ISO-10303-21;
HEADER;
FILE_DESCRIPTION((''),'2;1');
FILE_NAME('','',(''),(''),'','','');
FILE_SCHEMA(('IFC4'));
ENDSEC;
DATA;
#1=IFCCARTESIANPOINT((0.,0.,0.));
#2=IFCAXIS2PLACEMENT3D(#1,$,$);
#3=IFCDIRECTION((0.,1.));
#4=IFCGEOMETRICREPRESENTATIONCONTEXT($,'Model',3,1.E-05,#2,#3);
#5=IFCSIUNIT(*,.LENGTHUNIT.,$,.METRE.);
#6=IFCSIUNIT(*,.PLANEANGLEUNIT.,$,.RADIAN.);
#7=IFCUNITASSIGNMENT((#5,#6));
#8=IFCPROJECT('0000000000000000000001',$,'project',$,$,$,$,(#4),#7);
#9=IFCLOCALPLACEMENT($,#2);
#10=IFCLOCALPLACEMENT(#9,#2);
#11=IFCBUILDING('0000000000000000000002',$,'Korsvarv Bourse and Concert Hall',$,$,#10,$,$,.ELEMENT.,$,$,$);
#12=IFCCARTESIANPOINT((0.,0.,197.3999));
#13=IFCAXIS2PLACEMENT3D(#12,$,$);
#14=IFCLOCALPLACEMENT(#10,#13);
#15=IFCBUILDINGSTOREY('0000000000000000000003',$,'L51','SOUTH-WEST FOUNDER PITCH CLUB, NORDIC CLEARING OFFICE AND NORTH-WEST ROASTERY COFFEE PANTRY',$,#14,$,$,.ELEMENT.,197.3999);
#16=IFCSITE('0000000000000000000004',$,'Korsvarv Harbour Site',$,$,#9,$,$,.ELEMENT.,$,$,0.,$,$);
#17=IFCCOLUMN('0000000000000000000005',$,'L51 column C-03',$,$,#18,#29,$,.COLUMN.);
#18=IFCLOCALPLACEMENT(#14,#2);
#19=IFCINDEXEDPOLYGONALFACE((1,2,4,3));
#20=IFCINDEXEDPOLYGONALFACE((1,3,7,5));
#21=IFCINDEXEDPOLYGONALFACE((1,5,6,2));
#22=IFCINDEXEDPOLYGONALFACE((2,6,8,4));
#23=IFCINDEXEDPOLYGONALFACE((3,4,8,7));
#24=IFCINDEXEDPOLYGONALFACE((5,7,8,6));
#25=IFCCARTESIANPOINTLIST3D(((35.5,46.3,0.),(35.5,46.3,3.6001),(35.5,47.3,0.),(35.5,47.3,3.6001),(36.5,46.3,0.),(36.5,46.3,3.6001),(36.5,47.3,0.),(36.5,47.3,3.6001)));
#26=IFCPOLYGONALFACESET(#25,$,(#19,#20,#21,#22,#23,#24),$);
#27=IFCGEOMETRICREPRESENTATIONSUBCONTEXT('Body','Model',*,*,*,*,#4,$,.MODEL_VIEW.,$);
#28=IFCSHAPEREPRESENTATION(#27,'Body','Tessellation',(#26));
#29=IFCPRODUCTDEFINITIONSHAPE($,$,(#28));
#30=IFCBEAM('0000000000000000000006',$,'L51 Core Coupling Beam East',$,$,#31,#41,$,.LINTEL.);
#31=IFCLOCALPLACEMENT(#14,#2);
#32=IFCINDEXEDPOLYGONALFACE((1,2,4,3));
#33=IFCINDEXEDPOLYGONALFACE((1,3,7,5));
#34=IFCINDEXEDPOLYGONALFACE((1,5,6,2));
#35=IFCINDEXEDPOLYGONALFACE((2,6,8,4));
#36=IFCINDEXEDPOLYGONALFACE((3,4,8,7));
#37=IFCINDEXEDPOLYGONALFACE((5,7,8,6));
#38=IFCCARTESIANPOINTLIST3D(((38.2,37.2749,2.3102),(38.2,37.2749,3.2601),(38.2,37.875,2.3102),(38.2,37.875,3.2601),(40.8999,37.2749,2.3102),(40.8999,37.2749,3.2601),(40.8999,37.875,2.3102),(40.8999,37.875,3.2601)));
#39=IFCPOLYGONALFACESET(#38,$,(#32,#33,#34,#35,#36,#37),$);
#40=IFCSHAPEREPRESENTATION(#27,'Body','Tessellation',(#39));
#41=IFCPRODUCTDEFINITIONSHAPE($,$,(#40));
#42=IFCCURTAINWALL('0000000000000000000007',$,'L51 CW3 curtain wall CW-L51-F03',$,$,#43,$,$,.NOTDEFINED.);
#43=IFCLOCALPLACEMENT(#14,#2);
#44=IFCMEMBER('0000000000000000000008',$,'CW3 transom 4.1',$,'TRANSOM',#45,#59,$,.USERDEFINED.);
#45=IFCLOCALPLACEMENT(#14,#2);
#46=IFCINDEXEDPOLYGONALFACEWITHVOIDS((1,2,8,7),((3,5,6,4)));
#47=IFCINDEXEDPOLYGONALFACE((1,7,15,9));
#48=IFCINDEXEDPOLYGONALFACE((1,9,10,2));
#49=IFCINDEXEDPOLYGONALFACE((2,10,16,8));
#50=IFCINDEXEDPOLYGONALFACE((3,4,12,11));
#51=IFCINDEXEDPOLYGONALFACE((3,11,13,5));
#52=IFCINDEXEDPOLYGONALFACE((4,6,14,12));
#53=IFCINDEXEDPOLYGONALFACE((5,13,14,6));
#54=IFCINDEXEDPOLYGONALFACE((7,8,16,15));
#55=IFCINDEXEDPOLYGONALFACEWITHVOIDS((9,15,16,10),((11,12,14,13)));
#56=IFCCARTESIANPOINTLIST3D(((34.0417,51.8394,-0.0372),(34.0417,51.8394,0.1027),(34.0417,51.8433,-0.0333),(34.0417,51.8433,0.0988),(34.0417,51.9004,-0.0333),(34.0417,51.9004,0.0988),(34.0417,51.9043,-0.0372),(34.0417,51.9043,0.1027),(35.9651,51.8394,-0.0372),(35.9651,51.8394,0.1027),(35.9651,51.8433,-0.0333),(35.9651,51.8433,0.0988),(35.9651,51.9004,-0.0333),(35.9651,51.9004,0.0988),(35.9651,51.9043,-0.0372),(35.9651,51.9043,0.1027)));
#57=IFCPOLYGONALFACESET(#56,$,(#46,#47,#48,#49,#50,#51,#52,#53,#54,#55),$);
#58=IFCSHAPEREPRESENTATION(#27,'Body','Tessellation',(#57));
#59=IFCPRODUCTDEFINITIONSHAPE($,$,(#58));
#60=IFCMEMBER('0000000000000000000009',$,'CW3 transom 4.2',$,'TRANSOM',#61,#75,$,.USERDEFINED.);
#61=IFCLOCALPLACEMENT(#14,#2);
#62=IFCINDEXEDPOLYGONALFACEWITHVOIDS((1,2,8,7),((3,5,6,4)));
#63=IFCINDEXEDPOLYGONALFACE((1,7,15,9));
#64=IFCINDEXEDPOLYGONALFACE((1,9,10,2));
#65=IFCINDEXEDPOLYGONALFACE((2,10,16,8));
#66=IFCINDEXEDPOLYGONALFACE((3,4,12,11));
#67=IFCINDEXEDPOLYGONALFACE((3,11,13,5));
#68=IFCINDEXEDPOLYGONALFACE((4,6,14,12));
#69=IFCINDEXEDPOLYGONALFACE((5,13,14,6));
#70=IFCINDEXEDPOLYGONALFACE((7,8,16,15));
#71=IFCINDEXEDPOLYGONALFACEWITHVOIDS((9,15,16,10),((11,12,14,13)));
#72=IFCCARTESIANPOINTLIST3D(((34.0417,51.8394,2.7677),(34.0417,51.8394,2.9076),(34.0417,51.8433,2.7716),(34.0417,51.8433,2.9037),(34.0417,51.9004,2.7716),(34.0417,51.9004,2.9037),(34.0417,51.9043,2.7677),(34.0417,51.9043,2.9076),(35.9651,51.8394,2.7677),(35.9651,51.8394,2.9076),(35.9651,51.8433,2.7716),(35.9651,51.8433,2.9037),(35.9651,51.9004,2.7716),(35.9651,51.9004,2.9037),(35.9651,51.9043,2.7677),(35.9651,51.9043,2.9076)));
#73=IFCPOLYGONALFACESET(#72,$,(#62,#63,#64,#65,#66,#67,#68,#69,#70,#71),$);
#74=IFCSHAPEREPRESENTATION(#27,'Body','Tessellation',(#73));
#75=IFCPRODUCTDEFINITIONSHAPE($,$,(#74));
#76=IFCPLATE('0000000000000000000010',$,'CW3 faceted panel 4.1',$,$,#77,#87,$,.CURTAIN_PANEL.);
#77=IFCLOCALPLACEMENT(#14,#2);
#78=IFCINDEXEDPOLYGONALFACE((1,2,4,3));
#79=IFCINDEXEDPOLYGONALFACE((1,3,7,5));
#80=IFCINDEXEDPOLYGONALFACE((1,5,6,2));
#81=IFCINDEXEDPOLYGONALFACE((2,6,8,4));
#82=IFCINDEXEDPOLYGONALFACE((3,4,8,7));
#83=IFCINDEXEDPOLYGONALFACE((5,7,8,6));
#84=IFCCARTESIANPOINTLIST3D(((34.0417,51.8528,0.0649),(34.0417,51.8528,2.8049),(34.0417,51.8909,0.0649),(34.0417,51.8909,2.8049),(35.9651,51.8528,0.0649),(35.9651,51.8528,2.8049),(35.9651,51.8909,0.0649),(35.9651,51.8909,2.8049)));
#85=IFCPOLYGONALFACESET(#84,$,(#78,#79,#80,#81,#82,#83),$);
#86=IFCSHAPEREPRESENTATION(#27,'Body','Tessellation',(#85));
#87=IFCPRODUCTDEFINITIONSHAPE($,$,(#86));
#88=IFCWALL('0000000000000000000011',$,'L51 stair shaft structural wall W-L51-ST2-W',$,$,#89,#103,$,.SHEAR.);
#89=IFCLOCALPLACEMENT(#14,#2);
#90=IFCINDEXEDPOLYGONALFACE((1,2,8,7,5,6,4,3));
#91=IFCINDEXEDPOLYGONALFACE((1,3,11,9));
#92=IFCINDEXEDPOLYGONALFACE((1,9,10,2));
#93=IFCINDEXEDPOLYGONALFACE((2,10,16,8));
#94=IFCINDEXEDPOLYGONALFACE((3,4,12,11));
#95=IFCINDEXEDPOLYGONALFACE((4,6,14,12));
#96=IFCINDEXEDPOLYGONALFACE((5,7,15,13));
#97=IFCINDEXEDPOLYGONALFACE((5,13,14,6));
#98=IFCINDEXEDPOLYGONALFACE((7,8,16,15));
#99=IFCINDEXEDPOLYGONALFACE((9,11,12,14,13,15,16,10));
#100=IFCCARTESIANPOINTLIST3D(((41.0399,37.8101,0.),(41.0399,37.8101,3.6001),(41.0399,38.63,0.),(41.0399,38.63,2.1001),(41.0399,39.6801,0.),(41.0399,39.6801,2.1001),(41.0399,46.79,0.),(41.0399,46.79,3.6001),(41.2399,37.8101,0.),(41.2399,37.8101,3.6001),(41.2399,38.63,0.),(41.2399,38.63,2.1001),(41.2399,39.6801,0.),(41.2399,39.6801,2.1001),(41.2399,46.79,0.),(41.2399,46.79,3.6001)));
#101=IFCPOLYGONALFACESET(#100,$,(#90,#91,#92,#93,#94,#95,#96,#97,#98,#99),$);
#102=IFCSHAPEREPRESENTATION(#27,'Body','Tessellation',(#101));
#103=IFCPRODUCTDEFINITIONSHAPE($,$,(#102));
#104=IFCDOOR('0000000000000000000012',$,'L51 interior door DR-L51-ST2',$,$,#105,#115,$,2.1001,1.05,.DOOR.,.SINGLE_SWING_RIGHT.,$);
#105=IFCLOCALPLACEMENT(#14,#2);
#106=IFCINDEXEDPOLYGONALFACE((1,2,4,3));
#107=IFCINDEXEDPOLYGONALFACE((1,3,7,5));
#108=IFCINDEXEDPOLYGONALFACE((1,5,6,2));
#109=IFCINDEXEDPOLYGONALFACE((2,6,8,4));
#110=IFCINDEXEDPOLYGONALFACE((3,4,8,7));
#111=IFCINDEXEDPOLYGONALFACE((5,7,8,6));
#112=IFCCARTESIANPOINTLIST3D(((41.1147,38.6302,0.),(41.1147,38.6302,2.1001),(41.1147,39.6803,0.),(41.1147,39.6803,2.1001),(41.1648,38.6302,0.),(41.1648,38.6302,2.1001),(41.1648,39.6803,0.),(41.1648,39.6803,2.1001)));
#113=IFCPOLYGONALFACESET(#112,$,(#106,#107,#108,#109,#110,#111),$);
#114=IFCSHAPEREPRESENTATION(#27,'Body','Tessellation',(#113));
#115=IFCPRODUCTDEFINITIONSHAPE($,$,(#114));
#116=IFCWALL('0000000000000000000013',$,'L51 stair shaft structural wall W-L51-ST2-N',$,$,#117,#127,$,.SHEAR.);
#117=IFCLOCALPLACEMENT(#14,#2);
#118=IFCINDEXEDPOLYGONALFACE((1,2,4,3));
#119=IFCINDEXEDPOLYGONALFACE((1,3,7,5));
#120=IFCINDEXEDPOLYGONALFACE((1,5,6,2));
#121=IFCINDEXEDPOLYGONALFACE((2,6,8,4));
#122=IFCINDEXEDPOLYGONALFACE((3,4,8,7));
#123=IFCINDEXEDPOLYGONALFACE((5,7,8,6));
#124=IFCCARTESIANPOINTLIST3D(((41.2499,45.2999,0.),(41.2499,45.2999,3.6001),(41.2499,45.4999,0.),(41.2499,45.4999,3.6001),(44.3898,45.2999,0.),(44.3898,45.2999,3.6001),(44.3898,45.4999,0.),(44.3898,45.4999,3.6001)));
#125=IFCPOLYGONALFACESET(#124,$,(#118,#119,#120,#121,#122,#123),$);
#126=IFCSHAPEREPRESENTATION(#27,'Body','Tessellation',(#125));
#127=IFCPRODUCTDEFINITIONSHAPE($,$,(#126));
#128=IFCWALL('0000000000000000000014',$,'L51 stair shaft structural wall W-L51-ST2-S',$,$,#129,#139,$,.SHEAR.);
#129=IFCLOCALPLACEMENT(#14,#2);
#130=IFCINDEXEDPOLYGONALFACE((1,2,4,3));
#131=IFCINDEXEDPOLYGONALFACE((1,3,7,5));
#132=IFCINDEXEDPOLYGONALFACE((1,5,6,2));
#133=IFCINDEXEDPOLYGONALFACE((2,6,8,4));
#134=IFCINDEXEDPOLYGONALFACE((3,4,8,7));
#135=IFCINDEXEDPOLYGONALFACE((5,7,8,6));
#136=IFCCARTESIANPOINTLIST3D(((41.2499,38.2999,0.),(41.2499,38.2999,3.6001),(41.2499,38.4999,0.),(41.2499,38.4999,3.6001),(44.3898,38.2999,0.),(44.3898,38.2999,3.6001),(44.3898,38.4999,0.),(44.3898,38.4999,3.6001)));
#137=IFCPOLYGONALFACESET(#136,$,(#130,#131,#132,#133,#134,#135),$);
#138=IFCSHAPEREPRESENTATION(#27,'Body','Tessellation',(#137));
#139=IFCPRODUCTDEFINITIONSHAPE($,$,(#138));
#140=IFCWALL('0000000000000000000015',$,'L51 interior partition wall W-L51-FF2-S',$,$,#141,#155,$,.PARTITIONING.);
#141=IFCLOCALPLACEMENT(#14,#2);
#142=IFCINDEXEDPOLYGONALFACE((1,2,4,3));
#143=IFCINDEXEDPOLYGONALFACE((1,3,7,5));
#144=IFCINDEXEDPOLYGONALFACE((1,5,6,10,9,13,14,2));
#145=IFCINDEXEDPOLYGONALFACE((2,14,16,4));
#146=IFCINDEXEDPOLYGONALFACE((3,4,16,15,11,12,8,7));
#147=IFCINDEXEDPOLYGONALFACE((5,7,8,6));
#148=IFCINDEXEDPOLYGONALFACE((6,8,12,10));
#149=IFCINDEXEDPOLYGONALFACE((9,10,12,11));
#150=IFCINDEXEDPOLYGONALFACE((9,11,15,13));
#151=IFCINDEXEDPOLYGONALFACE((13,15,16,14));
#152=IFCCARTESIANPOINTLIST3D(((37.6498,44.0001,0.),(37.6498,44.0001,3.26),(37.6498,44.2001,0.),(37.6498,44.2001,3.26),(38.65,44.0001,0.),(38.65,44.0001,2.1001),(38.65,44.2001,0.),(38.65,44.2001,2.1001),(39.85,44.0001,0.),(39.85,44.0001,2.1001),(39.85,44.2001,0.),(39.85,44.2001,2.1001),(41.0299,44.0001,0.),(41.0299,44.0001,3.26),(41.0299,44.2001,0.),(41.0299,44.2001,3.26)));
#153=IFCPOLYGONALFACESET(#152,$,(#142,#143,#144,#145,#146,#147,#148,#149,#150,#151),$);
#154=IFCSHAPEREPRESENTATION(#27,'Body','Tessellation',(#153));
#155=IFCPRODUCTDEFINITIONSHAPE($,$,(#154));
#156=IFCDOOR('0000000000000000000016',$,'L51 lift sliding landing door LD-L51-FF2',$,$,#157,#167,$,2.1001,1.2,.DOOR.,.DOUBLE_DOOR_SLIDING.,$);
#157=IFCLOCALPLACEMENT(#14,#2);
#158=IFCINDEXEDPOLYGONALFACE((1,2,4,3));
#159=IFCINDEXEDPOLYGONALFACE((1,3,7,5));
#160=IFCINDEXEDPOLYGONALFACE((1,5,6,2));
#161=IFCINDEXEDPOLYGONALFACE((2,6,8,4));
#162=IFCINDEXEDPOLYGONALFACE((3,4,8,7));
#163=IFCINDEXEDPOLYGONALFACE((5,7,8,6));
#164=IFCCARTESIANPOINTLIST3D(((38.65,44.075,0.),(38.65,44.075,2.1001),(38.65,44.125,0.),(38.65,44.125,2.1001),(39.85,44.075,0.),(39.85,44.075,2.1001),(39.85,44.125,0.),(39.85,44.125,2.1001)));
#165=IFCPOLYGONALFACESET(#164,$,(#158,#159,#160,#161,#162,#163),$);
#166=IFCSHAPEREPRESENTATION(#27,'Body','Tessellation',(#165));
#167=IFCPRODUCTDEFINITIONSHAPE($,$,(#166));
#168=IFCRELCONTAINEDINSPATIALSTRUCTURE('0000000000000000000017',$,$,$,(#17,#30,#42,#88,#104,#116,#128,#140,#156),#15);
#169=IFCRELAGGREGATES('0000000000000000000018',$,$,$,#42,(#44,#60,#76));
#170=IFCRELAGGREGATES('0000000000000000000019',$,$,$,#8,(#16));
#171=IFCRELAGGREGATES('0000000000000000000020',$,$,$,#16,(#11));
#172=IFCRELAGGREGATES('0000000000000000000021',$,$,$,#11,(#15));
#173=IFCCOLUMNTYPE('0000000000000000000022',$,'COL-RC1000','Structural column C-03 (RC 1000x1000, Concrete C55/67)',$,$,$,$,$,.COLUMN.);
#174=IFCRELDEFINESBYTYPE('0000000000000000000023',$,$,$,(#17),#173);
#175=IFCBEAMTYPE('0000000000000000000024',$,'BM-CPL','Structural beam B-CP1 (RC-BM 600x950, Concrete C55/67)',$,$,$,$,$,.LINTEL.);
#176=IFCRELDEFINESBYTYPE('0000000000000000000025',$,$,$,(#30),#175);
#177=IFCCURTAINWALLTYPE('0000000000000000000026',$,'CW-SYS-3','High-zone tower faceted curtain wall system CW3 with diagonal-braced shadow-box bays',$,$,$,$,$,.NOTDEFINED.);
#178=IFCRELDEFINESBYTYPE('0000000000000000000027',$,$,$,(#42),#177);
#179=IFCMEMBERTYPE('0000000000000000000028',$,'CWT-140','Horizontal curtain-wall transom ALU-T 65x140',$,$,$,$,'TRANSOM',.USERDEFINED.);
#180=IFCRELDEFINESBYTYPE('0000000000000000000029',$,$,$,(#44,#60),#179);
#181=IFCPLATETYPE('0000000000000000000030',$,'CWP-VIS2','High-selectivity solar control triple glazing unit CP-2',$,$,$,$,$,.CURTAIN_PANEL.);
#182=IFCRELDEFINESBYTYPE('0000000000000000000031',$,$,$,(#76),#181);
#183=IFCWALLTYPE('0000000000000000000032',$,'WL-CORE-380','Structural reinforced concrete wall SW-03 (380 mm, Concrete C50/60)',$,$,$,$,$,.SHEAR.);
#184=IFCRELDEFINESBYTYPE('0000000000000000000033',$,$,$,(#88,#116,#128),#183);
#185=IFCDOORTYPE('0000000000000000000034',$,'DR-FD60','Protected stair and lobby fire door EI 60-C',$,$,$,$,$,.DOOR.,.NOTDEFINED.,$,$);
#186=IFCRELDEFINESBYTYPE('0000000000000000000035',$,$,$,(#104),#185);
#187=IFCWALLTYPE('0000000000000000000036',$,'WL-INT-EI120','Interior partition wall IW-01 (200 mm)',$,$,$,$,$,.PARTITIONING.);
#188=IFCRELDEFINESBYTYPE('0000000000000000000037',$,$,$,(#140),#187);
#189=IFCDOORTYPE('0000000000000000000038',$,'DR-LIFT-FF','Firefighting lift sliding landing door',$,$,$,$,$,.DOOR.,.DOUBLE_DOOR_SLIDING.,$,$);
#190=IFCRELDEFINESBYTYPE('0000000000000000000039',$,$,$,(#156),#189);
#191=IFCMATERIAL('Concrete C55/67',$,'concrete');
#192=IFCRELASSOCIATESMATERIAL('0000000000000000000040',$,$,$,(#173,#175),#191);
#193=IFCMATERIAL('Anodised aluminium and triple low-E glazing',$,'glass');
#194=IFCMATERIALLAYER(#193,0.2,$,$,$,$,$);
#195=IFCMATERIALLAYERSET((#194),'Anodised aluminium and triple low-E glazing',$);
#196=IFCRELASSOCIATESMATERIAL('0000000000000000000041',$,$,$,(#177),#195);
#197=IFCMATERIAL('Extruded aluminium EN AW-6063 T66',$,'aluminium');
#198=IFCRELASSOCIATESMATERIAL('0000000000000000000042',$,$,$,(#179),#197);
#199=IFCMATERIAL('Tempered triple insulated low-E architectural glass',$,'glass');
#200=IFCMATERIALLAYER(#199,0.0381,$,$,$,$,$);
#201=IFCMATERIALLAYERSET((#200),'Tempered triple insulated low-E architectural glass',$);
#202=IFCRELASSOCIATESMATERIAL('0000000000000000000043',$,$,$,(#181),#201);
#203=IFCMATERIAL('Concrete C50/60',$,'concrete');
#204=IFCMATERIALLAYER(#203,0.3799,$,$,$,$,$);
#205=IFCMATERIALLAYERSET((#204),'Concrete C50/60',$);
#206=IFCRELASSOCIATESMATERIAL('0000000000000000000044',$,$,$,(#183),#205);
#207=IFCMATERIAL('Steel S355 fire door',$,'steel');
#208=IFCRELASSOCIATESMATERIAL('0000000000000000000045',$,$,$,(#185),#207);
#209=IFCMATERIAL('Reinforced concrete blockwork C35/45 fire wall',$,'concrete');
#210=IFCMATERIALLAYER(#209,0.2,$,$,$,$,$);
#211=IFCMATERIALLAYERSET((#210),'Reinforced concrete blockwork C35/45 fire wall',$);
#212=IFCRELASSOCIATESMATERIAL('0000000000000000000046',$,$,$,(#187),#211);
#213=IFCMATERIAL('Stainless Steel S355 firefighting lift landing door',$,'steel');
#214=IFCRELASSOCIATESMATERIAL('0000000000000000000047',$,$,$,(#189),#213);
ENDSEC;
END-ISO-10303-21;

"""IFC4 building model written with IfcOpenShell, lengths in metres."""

from ifc_helpers import new_model, si_unit, direction, frame, frame_2d, origin, origin_2d, place, context, subcontext, project, spatial, rectangle, hollow_rectangle, extrude, source, transform, mapped, material, layer, layer_set, material_profile, profile_set, type_object, element, fill, aggregate, save


model = new_model("IFC4")

# Units and contexts
model_context = context("Model", 3, precision=1e-05, world=origin(), true_north=direction((0.0, 1.0)))
body_context = subcontext(model_context, "Body", "Model", "MODEL_VIEW")
ifc_project = project(units=[si_unit("LENGTHUNIT", "METRE"), si_unit("PLANEANGLEUNIT", "RADIAN")], contexts=[model_context])

# Site, building, storey
site_placement = place(None, origin())
site = spatial("IfcSite", under=ifc_project, at=site_placement, Name="Korsvarv Harbour Site", CompositionType="ELEMENT", RefElevation=0.0)
building_placement = place(site_placement, origin())
building = spatial("IfcBuilding", under=site, at=building_placement, Name="Korsvarv Bourse and Concert Hall", CompositionType="ELEMENT")
storey_placement = place(building_placement, frame((0.0, 0.0, 197.3999)))
storey = spatial("IfcBuildingStorey", under=building, at=storey_placement, Name="L51", Description="SOUTH-WEST FOUNDER PITCH CLUB, NORDIC CLEARING OFFICE AND NORTH-WEST ROASTERY COFFEE PANTRY", CompositionType="ELEMENT", Elevation=197.3999)

# Column
ifc_material_1 = material(Name="Concrete C55/67", Category="concrete")
ifc_material_profile_1 = material_profile(ifc_material_1, rectangle(XDim=1.0, YDim=1.0, at=origin_2d()), Name="RC 1000x1000")
ifc_profile_set_1 = profile_set([ifc_material_profile_1], Name="Concrete C55/67")
column_type = type_object("IfcColumnType", Name="COL-RC1000", Description="Structural column C-03 (RC 1000x1000, Concrete C55/67)", PredefinedType="COLUMN", material=ifc_profile_set_1)
shared_shape_1 = source(origin(), body_context, "Body", "SweptSolid", [
    extrude(rectangle(XDim=1.0, YDim=1.0, at=origin_2d()), origin(), (0.0, 0.0, 1.0), 3.6001),
])
column_placement = place(storey_placement, frame((36.0, 46.8, 0.0), z_axis=(0.0, 0.0, 1.0), x_axis=(1.0, 0.0, 0.0)))
element("IfcColumn", 1, at=column_placement, inside=storey, type_object=column_type, Name="L51 column C-03", PredefinedType="COLUMN", context=body_context, shape_type="MappedRepresentation", body=[
    mapped(shared_shape_1, transform((0.0, 0.0, 0.0), scale=1.0)),
])

# Beam
ifc_material_profile_2 = material_profile(ifc_material_1, rectangle(XDim=0.6001, YDim=0.95, at=origin_2d()), Name="RC-BM 600x950")
ifc_profile_set_2 = profile_set([ifc_material_profile_2], Name="Concrete C55/67")
beam_type = type_object("IfcBeamType", Name="BM-CPL", Description="Structural beam B-CP1 (RC-BM 600x950, Concrete C55/67)", PredefinedType="LINTEL", material=ifc_profile_set_2)
shared_shape_2 = source(origin(), body_context, "Body", "SweptSolid", [
    extrude(rectangle(XDim=0.6001, YDim=0.95, at=origin_2d()), origin(), (0.0, 0.0, 1.0), 2.7),
])
beam_placement = place(storey_placement, frame((38.2, 37.575, 2.7852), z_axis=(1.0, 0.0, 0.0), x_axis=(0.0, 1.0, 0.0)))
element("IfcBeam", 2, at=beam_placement, inside=storey, type_object=beam_type, Name="L51 Core Coupling Beam East", PredefinedType="LINTEL", context=body_context, shape_type="MappedRepresentation", body=[
    mapped(shared_shape_2, transform((0.0, 0.0, 0.0), scale=1.0)),
])

# Curtain wall, members, plate
ifc_material_2 = material(Name="Anodised aluminium and triple low-E glazing", Category="glass")
ifc_layer_1 = layer(ifc_material_2, 0.2)
ifc_layer_set_1 = layer_set([ifc_layer_1], Name="Anodised aluminium and triple low-E glazing")
curtain_wall_type = type_object("IfcCurtainWallType", Name="CW-SYS-3", Description="High-zone tower faceted curtain wall system CW3 with diagonal-braced shadow-box bays", PredefinedType="NOTDEFINED", material=ifc_layer_set_1)
curtain_wall_placement = place(storey_placement, origin())
curtain_wall = element("IfcCurtainWall", 3, at=curtain_wall_placement, inside=storey, type_object=curtain_wall_type, Name="L51 CW3 curtain wall CW-L51-F03", PredefinedType="NOTDEFINED")
ifc_material_3 = material(Name="Extruded aluminium EN AW-6063 T66", Category="aluminium")
ifc_material_profile_3 = material_profile(ifc_material_3, hollow_rectangle(XDim=0.0649, YDim=0.1399, WallThickness=0.0039, at=origin_2d()), Name="ALU-T 65x140")
ifc_profile_set_3 = profile_set([ifc_material_profile_3], Name="Extruded aluminium EN AW-6063 T66")
member_type = type_object("IfcMemberType", Name="CWT-140", Description="Horizontal curtain-wall transom ALU-T 65x140", ElementType="TRANSOM", PredefinedType="USERDEFINED", material=ifc_profile_set_3)
shared_shape_3 = source(origin(), body_context, "Body", "SweptSolid", [
    extrude(hollow_rectangle(XDim=0.0649, YDim=0.1399, WallThickness=0.0039, at=origin_2d()), origin(), (0.0, 0.0, 1.0), 1.9233),
])
member_1_placement = place(storey_placement, frame((35.9651, 51.8718, 0.0327), z_axis=(-1.0, 0.0, 0.0), x_axis=(0.0, -1.0, 0.0)))
member_1 = element("IfcMember", 4, at=member_1_placement, type_object=member_type, Name="CW3 transom 4.1", ObjectType="TRANSOM", PredefinedType="USERDEFINED", context=body_context, shape_type="MappedRepresentation", body=[
    mapped(shared_shape_3, transform((0.0, 0.0, 0.0), scale=1.0)),
])
member_2_placement = place(storey_placement, frame((35.9651, 51.8718, 2.8376), z_axis=(-1.0, 0.0, 0.0), x_axis=(0.0, -1.0, 0.0)))
member_2 = element("IfcMember", 5, at=member_2_placement, type_object=member_type, Name="CW3 transom 4.2", ObjectType="TRANSOM", PredefinedType="USERDEFINED", context=body_context, shape_type="MappedRepresentation", body=[
    mapped(shared_shape_3, transform((0.0, 0.0, 0.0), scale=1.0)),
])
ifc_material_4 = material(Name="Tempered triple insulated low-E architectural glass", Category="glass")
ifc_layer_2 = layer(ifc_material_4, 0.0381)
ifc_layer_set_2 = layer_set([ifc_layer_2], Name="Tempered triple insulated low-E architectural glass")
plate_type = type_object("IfcPlateType", Name="CWP-VIS2", Description="High-selectivity solar control triple glazing unit CP-2", PredefinedType="CURTAIN_PANEL", material=ifc_layer_set_2)
shared_shape_4 = source(origin(), body_context, "Body", "SweptSolid", [
    extrude(rectangle(XDim=1.9233, YDim=0.0381, at=origin_2d()), origin(), (0.0, 0.0, 1.0), 2.74),
])
plate_placement = place(storey_placement, frame((35.0034, 51.8718, 0.0649), z_axis=(0.0, 0.0, 1.0), x_axis=(-1.0, 0.0, 0.0)))
plate = element("IfcPlate", 6, at=plate_placement, type_object=plate_type, Name="CW3 faceted panel 4.1", PredefinedType="CURTAIN_PANEL", context=body_context, shape_type="MappedRepresentation", body=[
    mapped(shared_shape_4, transform((0.0, 0.0, 0.0), scale=1.0)),
])
aggregate(curtain_wall, [member_1, member_2, plate])

# Wall, opening, door
ifc_material_5 = material(Name="Concrete C50/60", Category="concrete")
ifc_layer_3 = layer(ifc_material_5, 0.3799)
ifc_layer_set_3 = layer_set([ifc_layer_3], Name="Concrete C50/60")
wall_type_1 = type_object("IfcWallType", Name="WL-CORE-380", Description="Structural reinforced concrete wall SW-03 (380 mm, Concrete C50/60)", PredefinedType="SHEAR", material=ifc_layer_set_3)
wall_1_placement = place(storey_placement, frame((41.1399, 37.8101, 0.0), z_axis=(0.0, 0.0, 1.0), x_axis=(0.0, 1.0, 0.0)))
wall_1 = element("IfcWall", 7, at=wall_1_placement, inside=storey, type_object=wall_type_1, Name="L51 stair shaft structural wall W-L51-ST2-W", PredefinedType="SHEAR", context=body_context, shape_type="SweptSolid", body=[
    extrude(rectangle(XDim=8.98, YDim=0.2, at=frame_2d((4.49, 0.0))), origin(), (0.0, 0.0, 1.0), 3.6001),
])
opening_1_placement = place(wall_1_placement, frame((0.8201, 0.0, 0.0)))
opening_1 = element("IfcOpeningElement", 8, at=opening_1_placement, cuts=wall_1, PredefinedType="OPENING", context=body_context, shape_type="SweptSolid", body=[
    extrude(rectangle(XDim=1.05, YDim=2.1001, at=frame_2d((0.5249, 1.05))), frame((0.0, 0.1099, 0.0), z_axis=(0.0, -1.0, 0.0), x_axis=(1.0, 0.0, 0.0)), (0.0, 0.0, 1.0), 0.22),
])
ifc_material_6 = material(Name="Steel S355 fire door", Category="steel")
door_type_1 = type_object("IfcDoorType", Name="DR-FD60", Description="Protected stair and lobby fire door EI 60-C", OperationType="NOTDEFINED", PredefinedType="DOOR", material=ifc_material_6)
door_1_placement = place(opening_1_placement, frame((1.05, 0.0, 0.0), z_axis=(0.0, 0.0, 1.0), x_axis=(-1.0, 0.0, 0.0)))
door_1 = element("IfcDoor", 9, at=door_1_placement, inside=storey, type_object=door_type_1, Name="L51 interior door DR-L51-ST2", OperationType="SINGLE_SWING_RIGHT", OverallHeight=2.1001, OverallWidth=1.05, PredefinedType="DOOR", context=body_context, shape_type="SweptSolid", body=[
    extrude(rectangle(XDim=1.05, YDim=2.1001, at=frame_2d((0.5249, 1.05))), frame((0.0, 0.0249, 0.0), z_axis=(0.0, -1.0, 0.0), x_axis=(1.0, 0.0, 0.0)), (0.0, 0.0, 1.0), 0.05),
])
fill(opening_1, door_1)

# Walls
for number, where, z_axis, x_axis, name in (
    (10, (41.25, 45.3999, 0.0), (0.0, 0.0, 1.0), (1.0, 0.0, 0.0), "L51 stair shaft structural wall W-L51-ST2-N"),
    (11, (41.25, 38.3999, 0.0), (0.0, 0.0, 1.0), (1.0, 0.0, 0.0), "L51 stair shaft structural wall W-L51-ST2-S"),
):
    element("IfcWall", number, at=place(storey_placement, frame(where, z_axis=z_axis, x_axis=x_axis)), inside=storey, type_object=wall_type_1, Name=name, PredefinedType="SHEAR", context=body_context, shape_type="SweptSolid", body=[
        extrude(rectangle(XDim=3.1399, YDim=0.2, at=frame_2d((1.5698, 0.0))), origin(), (0.0, 0.0, 1.0), 3.6001),
    ])

# Wall, opening, door
ifc_material_7 = material(Name="Reinforced concrete blockwork C35/45 fire wall", Category="concrete")
ifc_layer_4 = layer(ifc_material_7, 0.2)
ifc_layer_set_4 = layer_set([ifc_layer_4], Name="Reinforced concrete blockwork C35/45 fire wall")
wall_type_2 = type_object("IfcWallType", Name="WL-INT-EI120", Description="Interior partition wall IW-01 (200 mm)", PredefinedType="PARTITIONING", material=ifc_layer_set_4)
wall_2_placement = place(storey_placement, frame((37.6499, 44.1001, 0.0), z_axis=(0.0, 0.0, 1.0), x_axis=(1.0, 0.0, 0.0)))
wall_2 = element("IfcWall", 12, at=wall_2_placement, inside=storey, type_object=wall_type_2, Name="L51 interior partition wall W-L51-FF2-S", PredefinedType="PARTITIONING", context=body_context, shape_type="SweptSolid", body=[
    extrude(rectangle(XDim=3.3801, YDim=0.2, at=frame_2d((1.6899, 0.0))), origin(), (0.0, 0.0, 1.0), 3.26),
])
opening_2_placement = place(wall_2_placement, frame((1.0, 0.0, 0.0)))
opening_2 = element("IfcOpeningElement", 13, at=opening_2_placement, cuts=wall_2, PredefinedType="OPENING", context=body_context, shape_type="SweptSolid", body=[
    extrude(rectangle(XDim=1.2, YDim=2.1001, at=frame_2d((0.6001, 1.05))), frame((0.0, 0.1099, 0.0), z_axis=(0.0, -1.0, 0.0), x_axis=(1.0, 0.0, 0.0)), (0.0, 0.0, 1.0), 0.22),
])
ifc_material_8 = material(Name="Stainless Steel S355 firefighting lift landing door", Category="steel")
door_type_2 = type_object("IfcDoorType", Name="DR-LIFT-FF", Description="Firefighting lift sliding landing door", OperationType="DOUBLE_DOOR_SLIDING", PredefinedType="DOOR", material=ifc_material_8)
door_2_placement = place(opening_2_placement, origin())
door_2 = element("IfcDoor", 14, at=door_2_placement, inside=storey, type_object=door_type_2, Name="L51 lift sliding landing door LD-L51-FF2", OperationType="DOUBLE_DOOR_SLIDING", OverallHeight=2.1001, OverallWidth=1.2, PredefinedType="DOOR", context=body_context, shape_type="SweptSolid", body=[
    extrude(rectangle(XDim=1.2, YDim=2.1001, at=frame_2d((0.6001, 1.05))), frame((0.0, 0.0249, 0.0), z_axis=(0.0, -1.0, 0.0), x_axis=(1.0, 0.0, 0.0)), (0.0, 0.0, 1.0), 0.05),
])
fill(opening_2, door_2)

save(model, "model.ifc")
